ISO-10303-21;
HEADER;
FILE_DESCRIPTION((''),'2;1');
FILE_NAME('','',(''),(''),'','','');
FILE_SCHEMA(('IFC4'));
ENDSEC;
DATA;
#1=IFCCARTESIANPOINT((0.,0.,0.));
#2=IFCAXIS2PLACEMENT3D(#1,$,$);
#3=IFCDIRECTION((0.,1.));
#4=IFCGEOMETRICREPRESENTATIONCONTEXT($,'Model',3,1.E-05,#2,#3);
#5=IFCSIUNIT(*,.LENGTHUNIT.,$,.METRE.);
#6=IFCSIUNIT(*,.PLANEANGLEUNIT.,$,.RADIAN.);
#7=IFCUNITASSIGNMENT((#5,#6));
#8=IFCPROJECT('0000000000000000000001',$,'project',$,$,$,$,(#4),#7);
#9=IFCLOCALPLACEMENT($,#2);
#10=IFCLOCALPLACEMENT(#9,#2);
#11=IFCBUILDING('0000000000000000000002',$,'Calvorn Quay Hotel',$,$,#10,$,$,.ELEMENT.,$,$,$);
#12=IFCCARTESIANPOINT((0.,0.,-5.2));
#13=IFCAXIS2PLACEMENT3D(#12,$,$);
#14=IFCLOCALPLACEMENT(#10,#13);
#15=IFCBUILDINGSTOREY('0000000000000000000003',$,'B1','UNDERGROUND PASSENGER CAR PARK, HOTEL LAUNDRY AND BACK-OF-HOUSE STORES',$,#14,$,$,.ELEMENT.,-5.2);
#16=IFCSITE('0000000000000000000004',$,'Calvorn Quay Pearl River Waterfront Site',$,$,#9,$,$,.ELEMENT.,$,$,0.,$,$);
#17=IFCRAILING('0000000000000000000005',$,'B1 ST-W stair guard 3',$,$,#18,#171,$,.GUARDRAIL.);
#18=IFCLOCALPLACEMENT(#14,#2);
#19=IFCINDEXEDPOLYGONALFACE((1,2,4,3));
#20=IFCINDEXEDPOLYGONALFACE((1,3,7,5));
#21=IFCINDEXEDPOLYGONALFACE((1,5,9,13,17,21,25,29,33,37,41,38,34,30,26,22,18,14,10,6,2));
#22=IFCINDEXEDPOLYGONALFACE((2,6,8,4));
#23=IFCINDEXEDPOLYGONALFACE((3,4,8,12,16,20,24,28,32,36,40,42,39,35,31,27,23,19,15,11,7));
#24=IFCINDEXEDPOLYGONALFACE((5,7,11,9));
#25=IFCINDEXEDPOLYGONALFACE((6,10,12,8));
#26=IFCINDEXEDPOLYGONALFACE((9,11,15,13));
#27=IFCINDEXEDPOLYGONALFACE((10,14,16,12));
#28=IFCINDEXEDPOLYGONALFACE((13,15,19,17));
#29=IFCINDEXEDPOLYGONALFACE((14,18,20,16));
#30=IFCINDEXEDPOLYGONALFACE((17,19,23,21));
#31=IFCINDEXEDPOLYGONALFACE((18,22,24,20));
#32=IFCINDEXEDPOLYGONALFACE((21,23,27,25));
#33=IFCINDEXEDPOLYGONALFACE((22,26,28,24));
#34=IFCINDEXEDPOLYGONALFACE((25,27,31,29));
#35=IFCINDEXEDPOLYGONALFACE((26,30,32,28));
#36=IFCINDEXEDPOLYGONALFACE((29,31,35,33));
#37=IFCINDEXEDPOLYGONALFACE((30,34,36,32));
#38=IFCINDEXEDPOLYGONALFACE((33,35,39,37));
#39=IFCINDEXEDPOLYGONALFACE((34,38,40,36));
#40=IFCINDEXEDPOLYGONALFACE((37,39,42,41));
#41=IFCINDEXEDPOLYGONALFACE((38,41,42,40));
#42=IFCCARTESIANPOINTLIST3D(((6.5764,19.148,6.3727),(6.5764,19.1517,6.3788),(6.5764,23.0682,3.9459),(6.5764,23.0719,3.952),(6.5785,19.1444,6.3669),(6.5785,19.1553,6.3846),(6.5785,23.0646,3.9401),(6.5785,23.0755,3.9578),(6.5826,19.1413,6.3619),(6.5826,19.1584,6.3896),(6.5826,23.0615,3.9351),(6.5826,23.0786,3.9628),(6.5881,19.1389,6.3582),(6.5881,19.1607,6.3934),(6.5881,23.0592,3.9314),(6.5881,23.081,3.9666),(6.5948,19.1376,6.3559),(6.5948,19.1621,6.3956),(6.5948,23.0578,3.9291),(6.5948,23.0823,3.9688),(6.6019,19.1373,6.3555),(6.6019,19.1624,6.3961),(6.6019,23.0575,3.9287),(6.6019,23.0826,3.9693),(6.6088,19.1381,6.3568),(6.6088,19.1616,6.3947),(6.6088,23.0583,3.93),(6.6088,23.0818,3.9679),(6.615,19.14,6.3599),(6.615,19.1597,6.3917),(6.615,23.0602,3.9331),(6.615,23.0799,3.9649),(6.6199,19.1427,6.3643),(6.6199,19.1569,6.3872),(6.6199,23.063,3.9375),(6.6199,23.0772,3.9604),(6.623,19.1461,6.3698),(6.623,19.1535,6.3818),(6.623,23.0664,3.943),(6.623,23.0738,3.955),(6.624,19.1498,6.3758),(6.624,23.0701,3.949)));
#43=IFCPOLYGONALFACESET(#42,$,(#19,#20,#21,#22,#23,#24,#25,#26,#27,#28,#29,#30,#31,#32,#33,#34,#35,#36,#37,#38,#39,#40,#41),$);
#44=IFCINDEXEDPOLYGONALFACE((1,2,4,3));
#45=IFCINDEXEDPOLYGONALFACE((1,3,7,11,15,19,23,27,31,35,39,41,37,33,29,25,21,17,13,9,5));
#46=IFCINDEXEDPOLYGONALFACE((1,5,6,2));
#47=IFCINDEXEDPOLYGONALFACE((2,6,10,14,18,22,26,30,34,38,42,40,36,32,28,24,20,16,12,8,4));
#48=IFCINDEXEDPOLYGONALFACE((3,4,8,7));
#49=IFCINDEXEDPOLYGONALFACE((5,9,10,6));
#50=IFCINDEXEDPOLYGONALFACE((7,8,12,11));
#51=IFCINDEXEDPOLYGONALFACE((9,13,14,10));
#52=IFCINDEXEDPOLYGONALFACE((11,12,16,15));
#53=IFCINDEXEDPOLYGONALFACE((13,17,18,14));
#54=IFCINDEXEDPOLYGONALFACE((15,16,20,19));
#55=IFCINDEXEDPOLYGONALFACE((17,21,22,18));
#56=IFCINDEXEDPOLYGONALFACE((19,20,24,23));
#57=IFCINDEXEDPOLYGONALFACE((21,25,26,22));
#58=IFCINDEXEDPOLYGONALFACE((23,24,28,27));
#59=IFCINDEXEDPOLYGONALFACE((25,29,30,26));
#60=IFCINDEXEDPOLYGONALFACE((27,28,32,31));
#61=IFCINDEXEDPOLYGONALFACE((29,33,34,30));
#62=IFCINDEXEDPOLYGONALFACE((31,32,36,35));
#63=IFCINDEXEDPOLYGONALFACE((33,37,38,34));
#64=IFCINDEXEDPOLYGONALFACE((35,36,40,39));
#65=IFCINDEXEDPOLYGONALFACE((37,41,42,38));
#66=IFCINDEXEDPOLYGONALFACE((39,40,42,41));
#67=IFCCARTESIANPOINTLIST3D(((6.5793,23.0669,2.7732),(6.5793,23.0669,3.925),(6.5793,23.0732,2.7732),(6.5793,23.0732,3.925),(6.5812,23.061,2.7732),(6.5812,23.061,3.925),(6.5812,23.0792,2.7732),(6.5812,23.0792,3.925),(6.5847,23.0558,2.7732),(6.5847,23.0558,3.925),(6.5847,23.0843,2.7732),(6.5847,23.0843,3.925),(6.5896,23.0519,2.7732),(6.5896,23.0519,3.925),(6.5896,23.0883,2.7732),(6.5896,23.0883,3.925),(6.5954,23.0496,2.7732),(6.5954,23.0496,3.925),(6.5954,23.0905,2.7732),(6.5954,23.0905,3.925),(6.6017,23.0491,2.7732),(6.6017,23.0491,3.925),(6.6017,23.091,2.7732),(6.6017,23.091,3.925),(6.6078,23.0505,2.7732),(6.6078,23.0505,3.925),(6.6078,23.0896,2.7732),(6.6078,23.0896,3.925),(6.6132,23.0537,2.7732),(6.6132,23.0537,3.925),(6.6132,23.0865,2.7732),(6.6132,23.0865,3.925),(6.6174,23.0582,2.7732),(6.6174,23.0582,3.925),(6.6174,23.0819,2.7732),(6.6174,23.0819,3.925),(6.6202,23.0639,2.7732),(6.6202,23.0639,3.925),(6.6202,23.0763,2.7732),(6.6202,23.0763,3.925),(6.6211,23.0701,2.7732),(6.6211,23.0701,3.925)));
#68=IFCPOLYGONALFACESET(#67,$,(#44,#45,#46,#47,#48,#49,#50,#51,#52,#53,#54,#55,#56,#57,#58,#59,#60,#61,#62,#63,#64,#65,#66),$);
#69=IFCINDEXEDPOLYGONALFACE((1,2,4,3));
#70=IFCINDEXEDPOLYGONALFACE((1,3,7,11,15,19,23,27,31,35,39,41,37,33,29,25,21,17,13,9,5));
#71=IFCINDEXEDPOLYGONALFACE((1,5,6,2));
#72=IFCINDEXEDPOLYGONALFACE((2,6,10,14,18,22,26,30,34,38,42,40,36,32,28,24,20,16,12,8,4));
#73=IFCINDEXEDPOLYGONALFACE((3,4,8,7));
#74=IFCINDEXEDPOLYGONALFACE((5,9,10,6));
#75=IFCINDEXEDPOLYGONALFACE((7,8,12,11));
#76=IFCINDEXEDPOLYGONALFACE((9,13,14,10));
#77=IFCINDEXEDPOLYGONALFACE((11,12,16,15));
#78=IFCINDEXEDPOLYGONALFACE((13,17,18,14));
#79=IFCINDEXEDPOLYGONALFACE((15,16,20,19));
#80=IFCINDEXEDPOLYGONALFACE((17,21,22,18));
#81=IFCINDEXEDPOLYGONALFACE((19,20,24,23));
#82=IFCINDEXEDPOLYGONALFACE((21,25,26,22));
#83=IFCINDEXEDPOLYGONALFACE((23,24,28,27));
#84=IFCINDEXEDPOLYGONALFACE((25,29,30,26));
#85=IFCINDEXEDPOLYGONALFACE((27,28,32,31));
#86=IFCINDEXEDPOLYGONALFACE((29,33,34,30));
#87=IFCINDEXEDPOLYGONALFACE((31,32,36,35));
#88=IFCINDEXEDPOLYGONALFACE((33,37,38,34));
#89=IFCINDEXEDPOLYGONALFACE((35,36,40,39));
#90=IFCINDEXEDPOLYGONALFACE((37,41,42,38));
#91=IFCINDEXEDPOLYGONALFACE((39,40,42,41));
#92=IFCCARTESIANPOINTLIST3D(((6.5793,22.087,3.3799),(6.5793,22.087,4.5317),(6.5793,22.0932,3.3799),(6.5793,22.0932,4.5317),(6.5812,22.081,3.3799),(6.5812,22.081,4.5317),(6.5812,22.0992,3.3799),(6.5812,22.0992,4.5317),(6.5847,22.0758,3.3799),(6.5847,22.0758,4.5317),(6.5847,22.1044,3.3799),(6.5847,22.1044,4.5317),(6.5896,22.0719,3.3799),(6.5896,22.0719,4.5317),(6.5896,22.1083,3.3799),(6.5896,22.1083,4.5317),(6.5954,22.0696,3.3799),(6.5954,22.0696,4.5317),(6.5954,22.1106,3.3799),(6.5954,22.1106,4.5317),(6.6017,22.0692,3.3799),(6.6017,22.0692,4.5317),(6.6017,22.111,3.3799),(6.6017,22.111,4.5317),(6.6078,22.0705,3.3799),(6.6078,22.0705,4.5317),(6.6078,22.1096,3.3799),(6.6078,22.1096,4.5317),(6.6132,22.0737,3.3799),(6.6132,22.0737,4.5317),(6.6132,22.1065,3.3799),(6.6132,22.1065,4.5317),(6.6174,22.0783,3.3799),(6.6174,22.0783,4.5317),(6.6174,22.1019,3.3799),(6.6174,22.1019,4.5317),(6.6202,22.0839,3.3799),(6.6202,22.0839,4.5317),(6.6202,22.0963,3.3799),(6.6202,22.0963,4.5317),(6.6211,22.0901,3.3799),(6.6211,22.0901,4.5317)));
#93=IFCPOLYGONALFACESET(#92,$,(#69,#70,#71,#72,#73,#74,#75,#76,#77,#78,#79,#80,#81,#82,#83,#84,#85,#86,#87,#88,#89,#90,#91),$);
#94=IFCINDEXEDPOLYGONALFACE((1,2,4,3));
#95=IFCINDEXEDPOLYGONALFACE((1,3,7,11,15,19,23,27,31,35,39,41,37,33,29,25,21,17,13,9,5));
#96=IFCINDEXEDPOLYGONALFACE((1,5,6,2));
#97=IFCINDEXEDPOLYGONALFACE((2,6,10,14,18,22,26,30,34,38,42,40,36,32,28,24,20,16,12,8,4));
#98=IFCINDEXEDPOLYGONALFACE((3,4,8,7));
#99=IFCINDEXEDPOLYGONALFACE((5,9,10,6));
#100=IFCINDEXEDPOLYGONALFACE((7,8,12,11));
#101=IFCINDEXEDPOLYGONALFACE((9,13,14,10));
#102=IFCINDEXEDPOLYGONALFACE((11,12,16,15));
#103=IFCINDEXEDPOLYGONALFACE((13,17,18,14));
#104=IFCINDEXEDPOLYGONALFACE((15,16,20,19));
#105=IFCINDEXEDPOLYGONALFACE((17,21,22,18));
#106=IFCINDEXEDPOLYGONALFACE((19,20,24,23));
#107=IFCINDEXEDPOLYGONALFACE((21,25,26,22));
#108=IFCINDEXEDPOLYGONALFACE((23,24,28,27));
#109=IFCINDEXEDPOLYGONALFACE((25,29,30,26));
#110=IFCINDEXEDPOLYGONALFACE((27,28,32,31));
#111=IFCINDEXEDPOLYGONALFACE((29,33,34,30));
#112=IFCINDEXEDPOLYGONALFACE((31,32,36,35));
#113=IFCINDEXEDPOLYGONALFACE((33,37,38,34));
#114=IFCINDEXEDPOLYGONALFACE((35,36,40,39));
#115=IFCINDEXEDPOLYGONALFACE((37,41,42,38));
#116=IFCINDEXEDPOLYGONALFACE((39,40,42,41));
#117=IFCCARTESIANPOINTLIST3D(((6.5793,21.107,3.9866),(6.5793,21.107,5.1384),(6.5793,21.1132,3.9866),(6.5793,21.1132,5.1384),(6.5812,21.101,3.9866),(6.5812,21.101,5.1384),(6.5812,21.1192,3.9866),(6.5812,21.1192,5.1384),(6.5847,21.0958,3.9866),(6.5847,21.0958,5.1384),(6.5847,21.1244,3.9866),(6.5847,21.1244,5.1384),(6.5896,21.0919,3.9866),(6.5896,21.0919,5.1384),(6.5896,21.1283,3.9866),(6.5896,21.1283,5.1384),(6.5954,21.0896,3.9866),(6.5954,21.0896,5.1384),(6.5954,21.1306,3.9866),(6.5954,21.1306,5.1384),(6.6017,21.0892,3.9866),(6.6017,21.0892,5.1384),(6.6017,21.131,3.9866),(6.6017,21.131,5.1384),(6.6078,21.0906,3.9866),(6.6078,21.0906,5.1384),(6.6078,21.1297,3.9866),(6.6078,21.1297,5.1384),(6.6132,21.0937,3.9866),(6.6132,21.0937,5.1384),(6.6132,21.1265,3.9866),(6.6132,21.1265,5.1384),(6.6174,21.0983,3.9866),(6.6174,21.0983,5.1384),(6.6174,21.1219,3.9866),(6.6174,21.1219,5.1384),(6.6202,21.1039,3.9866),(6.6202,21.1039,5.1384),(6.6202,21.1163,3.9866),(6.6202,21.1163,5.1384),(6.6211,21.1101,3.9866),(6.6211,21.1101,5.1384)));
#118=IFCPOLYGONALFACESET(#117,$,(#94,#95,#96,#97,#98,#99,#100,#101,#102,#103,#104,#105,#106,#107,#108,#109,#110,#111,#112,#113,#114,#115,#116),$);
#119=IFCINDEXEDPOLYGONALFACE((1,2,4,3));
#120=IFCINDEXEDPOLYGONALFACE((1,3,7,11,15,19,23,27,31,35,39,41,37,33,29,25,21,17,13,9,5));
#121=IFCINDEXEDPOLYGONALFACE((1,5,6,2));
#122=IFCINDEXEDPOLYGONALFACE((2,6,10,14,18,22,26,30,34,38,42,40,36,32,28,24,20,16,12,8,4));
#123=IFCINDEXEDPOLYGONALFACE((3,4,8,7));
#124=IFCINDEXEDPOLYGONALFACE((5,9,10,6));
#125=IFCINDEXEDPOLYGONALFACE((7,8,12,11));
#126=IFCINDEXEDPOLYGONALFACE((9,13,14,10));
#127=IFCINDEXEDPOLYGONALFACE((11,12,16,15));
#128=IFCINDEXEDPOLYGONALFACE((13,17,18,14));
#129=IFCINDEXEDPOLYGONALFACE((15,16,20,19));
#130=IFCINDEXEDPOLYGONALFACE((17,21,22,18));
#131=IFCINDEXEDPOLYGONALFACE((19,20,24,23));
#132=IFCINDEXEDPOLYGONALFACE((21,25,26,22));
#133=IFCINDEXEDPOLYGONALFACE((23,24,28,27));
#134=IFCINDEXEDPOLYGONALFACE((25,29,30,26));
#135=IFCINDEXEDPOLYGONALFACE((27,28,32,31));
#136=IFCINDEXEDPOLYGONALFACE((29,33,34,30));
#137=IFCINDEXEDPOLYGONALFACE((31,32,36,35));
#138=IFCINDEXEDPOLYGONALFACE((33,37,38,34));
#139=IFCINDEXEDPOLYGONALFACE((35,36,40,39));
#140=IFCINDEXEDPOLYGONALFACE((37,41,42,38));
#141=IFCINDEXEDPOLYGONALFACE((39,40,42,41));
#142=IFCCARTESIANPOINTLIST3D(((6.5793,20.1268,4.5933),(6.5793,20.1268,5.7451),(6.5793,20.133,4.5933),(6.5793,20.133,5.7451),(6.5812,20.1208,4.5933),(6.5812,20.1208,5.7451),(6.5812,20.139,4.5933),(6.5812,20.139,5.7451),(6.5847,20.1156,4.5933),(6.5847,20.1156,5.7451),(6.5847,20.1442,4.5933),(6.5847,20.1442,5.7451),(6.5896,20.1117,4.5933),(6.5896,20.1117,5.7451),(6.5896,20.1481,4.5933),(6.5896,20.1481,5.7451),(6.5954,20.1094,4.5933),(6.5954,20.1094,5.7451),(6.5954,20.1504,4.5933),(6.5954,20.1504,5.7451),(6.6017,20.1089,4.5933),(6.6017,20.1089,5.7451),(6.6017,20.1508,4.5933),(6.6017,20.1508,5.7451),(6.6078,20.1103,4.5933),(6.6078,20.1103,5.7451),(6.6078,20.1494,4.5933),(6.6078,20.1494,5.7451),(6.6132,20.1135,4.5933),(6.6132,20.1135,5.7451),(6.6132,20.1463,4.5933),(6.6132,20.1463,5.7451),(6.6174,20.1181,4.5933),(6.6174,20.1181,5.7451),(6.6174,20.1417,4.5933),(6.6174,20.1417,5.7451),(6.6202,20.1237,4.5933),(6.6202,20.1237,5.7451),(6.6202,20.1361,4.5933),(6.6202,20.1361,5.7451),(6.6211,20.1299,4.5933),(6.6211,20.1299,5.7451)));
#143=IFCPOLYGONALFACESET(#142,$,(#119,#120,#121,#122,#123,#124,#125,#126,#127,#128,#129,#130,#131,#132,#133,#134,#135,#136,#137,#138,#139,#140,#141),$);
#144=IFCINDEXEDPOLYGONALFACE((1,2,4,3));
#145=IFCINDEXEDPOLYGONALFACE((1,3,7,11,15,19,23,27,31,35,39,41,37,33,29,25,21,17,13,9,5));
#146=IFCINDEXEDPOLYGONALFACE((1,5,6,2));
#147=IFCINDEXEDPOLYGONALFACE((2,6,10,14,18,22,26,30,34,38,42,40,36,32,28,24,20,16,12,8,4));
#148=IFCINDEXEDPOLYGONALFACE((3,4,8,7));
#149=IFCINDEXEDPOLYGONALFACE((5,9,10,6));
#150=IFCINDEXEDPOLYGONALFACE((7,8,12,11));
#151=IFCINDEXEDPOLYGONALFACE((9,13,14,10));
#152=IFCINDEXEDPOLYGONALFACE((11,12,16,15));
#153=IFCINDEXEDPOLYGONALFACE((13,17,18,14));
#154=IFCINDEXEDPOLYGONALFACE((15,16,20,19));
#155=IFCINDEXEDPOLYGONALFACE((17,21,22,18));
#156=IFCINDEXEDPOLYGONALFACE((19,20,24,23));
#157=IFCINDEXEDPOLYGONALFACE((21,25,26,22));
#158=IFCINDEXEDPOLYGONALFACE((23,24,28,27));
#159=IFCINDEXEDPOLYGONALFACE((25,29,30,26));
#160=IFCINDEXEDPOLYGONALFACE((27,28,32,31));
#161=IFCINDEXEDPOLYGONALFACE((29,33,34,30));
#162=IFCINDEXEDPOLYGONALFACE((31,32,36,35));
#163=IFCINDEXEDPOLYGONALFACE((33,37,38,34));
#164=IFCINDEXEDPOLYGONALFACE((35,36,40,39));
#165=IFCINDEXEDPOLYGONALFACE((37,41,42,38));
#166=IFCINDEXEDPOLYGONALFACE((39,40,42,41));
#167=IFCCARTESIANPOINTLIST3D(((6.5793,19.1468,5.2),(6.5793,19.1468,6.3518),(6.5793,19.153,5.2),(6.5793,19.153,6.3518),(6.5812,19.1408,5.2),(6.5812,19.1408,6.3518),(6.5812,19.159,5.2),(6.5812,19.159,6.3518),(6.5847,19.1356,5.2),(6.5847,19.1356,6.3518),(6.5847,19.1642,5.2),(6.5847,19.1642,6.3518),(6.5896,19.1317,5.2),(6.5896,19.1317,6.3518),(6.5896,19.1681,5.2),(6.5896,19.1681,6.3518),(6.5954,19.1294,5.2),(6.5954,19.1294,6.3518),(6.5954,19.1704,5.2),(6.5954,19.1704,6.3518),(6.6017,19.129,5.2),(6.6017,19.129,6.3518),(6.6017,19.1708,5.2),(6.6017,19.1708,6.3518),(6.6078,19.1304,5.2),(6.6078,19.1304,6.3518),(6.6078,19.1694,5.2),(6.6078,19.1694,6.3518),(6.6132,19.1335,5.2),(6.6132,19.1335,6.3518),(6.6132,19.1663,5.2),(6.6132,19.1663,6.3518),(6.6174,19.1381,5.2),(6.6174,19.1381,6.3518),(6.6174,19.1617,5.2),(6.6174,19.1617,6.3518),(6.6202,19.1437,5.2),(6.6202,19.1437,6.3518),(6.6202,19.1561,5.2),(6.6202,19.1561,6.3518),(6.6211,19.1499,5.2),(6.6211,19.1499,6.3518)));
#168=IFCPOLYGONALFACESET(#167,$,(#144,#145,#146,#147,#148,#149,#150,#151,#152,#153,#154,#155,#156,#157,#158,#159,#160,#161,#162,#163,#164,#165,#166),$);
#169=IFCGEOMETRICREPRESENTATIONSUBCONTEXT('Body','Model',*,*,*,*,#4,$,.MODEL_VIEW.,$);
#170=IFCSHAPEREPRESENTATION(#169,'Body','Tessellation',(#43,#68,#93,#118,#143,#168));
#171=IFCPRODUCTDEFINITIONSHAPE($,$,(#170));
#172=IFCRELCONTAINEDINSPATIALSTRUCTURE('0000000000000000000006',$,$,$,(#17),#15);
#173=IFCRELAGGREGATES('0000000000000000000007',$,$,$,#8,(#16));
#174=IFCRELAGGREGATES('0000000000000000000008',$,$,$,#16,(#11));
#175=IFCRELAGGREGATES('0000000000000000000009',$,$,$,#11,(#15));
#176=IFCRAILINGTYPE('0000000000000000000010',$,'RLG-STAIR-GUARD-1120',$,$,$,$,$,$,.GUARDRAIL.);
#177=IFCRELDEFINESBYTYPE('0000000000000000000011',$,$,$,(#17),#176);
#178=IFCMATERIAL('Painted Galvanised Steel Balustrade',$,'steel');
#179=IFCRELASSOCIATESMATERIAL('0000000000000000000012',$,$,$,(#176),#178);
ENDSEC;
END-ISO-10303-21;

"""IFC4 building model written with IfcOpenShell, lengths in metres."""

from ifc_helpers import new_model, si_unit, direction, frame, origin, origin_2d, place, context, subcontext, project, spatial, circle, extrude, material, type_object, element, save


model = new_model("IFC4")

# Units and contexts
model_context = context("Model", 3, precision=1e-05, world=origin(), true_north=direction((0.0, 1.0)))
body_context = subcontext(model_context, "Body", "Model", "MODEL_VIEW")
ifc_project = project(units=[si_unit("LENGTHUNIT", "METRE"), si_unit("PLANEANGLEUNIT", "RADIAN")], contexts=[model_context])

# Site, building, storey
site_placement = place(None, origin())
site = spatial("IfcSite", under=ifc_project, at=site_placement, Name="Calvorn Quay Pearl River Waterfront Site", CompositionType="ELEMENT", RefElevation=0.0)
building_placement = place(site_placement, origin())
building = spatial("IfcBuilding", under=site, at=building_placement, Name="Calvorn Quay Hotel", CompositionType="ELEMENT")
storey_placement = place(building_placement, frame((0.0, 0.0, -5.2)))
storey = spatial("IfcBuildingStorey", under=building, at=storey_placement, Name="B1", Description="UNDERGROUND PASSENGER CAR PARK, HOTEL LAUNDRY AND BACK-OF-HOUSE STORES", CompositionType="ELEMENT", Elevation=-5.2)

# Railing
ifc_material_1 = material(Name="Painted Galvanised Steel Balustrade", Category="steel")
railing_type_1 = type_object("IfcRailingType", Name="RLG-STAIR-GUARD-1120", PredefinedType="GUARDRAIL", material=ifc_material_1)
railing_1_placement = place(storey_placement, frame((6.6001, 23.0701, 2.7732)))
element("IfcRailing", 1, at=railing_1_placement, inside=storey, type_object=railing_type_1, Name="B1 ST-W stair guard 3", PredefinedType="GUARDRAIL", context=body_context, shape_type="SweptSolid", body=[
    extrude(circle(Radius=0.0239, at=origin_2d()), frame((0.0, 0.0, 1.1758), z_axis=(0.0, -0.850266, 0.526353), x_axis=(1.0, 0.0, 0.0)), (0.0, 0.0, 1.0), 4.6106),
    extrude(circle(Radius=0.021, at=origin_2d()), origin(), (0.0, 0.0, 1.0), 1.1519),
    extrude(circle(Radius=0.021, at=origin_2d()), frame((0.0, -0.98, 0.6067)), (0.0, 0.0, 1.0), 1.1519),
    extrude(circle(Radius=0.021, at=origin_2d()), frame((0.0, -1.96, 1.2134)), (0.0, 0.0, 1.0), 1.1519),
    extrude(circle(Radius=0.021, at=origin_2d()), frame((0.0, -2.9402, 1.8201)), (0.0, 0.0, 1.0), 1.1519),
    extrude(circle(Radius=0.021, at=origin_2d()), frame((0.0, -3.9202, 2.4268)), (0.0, 0.0, 1.0), 1.1519),
])

save(model, "model.ifc")
